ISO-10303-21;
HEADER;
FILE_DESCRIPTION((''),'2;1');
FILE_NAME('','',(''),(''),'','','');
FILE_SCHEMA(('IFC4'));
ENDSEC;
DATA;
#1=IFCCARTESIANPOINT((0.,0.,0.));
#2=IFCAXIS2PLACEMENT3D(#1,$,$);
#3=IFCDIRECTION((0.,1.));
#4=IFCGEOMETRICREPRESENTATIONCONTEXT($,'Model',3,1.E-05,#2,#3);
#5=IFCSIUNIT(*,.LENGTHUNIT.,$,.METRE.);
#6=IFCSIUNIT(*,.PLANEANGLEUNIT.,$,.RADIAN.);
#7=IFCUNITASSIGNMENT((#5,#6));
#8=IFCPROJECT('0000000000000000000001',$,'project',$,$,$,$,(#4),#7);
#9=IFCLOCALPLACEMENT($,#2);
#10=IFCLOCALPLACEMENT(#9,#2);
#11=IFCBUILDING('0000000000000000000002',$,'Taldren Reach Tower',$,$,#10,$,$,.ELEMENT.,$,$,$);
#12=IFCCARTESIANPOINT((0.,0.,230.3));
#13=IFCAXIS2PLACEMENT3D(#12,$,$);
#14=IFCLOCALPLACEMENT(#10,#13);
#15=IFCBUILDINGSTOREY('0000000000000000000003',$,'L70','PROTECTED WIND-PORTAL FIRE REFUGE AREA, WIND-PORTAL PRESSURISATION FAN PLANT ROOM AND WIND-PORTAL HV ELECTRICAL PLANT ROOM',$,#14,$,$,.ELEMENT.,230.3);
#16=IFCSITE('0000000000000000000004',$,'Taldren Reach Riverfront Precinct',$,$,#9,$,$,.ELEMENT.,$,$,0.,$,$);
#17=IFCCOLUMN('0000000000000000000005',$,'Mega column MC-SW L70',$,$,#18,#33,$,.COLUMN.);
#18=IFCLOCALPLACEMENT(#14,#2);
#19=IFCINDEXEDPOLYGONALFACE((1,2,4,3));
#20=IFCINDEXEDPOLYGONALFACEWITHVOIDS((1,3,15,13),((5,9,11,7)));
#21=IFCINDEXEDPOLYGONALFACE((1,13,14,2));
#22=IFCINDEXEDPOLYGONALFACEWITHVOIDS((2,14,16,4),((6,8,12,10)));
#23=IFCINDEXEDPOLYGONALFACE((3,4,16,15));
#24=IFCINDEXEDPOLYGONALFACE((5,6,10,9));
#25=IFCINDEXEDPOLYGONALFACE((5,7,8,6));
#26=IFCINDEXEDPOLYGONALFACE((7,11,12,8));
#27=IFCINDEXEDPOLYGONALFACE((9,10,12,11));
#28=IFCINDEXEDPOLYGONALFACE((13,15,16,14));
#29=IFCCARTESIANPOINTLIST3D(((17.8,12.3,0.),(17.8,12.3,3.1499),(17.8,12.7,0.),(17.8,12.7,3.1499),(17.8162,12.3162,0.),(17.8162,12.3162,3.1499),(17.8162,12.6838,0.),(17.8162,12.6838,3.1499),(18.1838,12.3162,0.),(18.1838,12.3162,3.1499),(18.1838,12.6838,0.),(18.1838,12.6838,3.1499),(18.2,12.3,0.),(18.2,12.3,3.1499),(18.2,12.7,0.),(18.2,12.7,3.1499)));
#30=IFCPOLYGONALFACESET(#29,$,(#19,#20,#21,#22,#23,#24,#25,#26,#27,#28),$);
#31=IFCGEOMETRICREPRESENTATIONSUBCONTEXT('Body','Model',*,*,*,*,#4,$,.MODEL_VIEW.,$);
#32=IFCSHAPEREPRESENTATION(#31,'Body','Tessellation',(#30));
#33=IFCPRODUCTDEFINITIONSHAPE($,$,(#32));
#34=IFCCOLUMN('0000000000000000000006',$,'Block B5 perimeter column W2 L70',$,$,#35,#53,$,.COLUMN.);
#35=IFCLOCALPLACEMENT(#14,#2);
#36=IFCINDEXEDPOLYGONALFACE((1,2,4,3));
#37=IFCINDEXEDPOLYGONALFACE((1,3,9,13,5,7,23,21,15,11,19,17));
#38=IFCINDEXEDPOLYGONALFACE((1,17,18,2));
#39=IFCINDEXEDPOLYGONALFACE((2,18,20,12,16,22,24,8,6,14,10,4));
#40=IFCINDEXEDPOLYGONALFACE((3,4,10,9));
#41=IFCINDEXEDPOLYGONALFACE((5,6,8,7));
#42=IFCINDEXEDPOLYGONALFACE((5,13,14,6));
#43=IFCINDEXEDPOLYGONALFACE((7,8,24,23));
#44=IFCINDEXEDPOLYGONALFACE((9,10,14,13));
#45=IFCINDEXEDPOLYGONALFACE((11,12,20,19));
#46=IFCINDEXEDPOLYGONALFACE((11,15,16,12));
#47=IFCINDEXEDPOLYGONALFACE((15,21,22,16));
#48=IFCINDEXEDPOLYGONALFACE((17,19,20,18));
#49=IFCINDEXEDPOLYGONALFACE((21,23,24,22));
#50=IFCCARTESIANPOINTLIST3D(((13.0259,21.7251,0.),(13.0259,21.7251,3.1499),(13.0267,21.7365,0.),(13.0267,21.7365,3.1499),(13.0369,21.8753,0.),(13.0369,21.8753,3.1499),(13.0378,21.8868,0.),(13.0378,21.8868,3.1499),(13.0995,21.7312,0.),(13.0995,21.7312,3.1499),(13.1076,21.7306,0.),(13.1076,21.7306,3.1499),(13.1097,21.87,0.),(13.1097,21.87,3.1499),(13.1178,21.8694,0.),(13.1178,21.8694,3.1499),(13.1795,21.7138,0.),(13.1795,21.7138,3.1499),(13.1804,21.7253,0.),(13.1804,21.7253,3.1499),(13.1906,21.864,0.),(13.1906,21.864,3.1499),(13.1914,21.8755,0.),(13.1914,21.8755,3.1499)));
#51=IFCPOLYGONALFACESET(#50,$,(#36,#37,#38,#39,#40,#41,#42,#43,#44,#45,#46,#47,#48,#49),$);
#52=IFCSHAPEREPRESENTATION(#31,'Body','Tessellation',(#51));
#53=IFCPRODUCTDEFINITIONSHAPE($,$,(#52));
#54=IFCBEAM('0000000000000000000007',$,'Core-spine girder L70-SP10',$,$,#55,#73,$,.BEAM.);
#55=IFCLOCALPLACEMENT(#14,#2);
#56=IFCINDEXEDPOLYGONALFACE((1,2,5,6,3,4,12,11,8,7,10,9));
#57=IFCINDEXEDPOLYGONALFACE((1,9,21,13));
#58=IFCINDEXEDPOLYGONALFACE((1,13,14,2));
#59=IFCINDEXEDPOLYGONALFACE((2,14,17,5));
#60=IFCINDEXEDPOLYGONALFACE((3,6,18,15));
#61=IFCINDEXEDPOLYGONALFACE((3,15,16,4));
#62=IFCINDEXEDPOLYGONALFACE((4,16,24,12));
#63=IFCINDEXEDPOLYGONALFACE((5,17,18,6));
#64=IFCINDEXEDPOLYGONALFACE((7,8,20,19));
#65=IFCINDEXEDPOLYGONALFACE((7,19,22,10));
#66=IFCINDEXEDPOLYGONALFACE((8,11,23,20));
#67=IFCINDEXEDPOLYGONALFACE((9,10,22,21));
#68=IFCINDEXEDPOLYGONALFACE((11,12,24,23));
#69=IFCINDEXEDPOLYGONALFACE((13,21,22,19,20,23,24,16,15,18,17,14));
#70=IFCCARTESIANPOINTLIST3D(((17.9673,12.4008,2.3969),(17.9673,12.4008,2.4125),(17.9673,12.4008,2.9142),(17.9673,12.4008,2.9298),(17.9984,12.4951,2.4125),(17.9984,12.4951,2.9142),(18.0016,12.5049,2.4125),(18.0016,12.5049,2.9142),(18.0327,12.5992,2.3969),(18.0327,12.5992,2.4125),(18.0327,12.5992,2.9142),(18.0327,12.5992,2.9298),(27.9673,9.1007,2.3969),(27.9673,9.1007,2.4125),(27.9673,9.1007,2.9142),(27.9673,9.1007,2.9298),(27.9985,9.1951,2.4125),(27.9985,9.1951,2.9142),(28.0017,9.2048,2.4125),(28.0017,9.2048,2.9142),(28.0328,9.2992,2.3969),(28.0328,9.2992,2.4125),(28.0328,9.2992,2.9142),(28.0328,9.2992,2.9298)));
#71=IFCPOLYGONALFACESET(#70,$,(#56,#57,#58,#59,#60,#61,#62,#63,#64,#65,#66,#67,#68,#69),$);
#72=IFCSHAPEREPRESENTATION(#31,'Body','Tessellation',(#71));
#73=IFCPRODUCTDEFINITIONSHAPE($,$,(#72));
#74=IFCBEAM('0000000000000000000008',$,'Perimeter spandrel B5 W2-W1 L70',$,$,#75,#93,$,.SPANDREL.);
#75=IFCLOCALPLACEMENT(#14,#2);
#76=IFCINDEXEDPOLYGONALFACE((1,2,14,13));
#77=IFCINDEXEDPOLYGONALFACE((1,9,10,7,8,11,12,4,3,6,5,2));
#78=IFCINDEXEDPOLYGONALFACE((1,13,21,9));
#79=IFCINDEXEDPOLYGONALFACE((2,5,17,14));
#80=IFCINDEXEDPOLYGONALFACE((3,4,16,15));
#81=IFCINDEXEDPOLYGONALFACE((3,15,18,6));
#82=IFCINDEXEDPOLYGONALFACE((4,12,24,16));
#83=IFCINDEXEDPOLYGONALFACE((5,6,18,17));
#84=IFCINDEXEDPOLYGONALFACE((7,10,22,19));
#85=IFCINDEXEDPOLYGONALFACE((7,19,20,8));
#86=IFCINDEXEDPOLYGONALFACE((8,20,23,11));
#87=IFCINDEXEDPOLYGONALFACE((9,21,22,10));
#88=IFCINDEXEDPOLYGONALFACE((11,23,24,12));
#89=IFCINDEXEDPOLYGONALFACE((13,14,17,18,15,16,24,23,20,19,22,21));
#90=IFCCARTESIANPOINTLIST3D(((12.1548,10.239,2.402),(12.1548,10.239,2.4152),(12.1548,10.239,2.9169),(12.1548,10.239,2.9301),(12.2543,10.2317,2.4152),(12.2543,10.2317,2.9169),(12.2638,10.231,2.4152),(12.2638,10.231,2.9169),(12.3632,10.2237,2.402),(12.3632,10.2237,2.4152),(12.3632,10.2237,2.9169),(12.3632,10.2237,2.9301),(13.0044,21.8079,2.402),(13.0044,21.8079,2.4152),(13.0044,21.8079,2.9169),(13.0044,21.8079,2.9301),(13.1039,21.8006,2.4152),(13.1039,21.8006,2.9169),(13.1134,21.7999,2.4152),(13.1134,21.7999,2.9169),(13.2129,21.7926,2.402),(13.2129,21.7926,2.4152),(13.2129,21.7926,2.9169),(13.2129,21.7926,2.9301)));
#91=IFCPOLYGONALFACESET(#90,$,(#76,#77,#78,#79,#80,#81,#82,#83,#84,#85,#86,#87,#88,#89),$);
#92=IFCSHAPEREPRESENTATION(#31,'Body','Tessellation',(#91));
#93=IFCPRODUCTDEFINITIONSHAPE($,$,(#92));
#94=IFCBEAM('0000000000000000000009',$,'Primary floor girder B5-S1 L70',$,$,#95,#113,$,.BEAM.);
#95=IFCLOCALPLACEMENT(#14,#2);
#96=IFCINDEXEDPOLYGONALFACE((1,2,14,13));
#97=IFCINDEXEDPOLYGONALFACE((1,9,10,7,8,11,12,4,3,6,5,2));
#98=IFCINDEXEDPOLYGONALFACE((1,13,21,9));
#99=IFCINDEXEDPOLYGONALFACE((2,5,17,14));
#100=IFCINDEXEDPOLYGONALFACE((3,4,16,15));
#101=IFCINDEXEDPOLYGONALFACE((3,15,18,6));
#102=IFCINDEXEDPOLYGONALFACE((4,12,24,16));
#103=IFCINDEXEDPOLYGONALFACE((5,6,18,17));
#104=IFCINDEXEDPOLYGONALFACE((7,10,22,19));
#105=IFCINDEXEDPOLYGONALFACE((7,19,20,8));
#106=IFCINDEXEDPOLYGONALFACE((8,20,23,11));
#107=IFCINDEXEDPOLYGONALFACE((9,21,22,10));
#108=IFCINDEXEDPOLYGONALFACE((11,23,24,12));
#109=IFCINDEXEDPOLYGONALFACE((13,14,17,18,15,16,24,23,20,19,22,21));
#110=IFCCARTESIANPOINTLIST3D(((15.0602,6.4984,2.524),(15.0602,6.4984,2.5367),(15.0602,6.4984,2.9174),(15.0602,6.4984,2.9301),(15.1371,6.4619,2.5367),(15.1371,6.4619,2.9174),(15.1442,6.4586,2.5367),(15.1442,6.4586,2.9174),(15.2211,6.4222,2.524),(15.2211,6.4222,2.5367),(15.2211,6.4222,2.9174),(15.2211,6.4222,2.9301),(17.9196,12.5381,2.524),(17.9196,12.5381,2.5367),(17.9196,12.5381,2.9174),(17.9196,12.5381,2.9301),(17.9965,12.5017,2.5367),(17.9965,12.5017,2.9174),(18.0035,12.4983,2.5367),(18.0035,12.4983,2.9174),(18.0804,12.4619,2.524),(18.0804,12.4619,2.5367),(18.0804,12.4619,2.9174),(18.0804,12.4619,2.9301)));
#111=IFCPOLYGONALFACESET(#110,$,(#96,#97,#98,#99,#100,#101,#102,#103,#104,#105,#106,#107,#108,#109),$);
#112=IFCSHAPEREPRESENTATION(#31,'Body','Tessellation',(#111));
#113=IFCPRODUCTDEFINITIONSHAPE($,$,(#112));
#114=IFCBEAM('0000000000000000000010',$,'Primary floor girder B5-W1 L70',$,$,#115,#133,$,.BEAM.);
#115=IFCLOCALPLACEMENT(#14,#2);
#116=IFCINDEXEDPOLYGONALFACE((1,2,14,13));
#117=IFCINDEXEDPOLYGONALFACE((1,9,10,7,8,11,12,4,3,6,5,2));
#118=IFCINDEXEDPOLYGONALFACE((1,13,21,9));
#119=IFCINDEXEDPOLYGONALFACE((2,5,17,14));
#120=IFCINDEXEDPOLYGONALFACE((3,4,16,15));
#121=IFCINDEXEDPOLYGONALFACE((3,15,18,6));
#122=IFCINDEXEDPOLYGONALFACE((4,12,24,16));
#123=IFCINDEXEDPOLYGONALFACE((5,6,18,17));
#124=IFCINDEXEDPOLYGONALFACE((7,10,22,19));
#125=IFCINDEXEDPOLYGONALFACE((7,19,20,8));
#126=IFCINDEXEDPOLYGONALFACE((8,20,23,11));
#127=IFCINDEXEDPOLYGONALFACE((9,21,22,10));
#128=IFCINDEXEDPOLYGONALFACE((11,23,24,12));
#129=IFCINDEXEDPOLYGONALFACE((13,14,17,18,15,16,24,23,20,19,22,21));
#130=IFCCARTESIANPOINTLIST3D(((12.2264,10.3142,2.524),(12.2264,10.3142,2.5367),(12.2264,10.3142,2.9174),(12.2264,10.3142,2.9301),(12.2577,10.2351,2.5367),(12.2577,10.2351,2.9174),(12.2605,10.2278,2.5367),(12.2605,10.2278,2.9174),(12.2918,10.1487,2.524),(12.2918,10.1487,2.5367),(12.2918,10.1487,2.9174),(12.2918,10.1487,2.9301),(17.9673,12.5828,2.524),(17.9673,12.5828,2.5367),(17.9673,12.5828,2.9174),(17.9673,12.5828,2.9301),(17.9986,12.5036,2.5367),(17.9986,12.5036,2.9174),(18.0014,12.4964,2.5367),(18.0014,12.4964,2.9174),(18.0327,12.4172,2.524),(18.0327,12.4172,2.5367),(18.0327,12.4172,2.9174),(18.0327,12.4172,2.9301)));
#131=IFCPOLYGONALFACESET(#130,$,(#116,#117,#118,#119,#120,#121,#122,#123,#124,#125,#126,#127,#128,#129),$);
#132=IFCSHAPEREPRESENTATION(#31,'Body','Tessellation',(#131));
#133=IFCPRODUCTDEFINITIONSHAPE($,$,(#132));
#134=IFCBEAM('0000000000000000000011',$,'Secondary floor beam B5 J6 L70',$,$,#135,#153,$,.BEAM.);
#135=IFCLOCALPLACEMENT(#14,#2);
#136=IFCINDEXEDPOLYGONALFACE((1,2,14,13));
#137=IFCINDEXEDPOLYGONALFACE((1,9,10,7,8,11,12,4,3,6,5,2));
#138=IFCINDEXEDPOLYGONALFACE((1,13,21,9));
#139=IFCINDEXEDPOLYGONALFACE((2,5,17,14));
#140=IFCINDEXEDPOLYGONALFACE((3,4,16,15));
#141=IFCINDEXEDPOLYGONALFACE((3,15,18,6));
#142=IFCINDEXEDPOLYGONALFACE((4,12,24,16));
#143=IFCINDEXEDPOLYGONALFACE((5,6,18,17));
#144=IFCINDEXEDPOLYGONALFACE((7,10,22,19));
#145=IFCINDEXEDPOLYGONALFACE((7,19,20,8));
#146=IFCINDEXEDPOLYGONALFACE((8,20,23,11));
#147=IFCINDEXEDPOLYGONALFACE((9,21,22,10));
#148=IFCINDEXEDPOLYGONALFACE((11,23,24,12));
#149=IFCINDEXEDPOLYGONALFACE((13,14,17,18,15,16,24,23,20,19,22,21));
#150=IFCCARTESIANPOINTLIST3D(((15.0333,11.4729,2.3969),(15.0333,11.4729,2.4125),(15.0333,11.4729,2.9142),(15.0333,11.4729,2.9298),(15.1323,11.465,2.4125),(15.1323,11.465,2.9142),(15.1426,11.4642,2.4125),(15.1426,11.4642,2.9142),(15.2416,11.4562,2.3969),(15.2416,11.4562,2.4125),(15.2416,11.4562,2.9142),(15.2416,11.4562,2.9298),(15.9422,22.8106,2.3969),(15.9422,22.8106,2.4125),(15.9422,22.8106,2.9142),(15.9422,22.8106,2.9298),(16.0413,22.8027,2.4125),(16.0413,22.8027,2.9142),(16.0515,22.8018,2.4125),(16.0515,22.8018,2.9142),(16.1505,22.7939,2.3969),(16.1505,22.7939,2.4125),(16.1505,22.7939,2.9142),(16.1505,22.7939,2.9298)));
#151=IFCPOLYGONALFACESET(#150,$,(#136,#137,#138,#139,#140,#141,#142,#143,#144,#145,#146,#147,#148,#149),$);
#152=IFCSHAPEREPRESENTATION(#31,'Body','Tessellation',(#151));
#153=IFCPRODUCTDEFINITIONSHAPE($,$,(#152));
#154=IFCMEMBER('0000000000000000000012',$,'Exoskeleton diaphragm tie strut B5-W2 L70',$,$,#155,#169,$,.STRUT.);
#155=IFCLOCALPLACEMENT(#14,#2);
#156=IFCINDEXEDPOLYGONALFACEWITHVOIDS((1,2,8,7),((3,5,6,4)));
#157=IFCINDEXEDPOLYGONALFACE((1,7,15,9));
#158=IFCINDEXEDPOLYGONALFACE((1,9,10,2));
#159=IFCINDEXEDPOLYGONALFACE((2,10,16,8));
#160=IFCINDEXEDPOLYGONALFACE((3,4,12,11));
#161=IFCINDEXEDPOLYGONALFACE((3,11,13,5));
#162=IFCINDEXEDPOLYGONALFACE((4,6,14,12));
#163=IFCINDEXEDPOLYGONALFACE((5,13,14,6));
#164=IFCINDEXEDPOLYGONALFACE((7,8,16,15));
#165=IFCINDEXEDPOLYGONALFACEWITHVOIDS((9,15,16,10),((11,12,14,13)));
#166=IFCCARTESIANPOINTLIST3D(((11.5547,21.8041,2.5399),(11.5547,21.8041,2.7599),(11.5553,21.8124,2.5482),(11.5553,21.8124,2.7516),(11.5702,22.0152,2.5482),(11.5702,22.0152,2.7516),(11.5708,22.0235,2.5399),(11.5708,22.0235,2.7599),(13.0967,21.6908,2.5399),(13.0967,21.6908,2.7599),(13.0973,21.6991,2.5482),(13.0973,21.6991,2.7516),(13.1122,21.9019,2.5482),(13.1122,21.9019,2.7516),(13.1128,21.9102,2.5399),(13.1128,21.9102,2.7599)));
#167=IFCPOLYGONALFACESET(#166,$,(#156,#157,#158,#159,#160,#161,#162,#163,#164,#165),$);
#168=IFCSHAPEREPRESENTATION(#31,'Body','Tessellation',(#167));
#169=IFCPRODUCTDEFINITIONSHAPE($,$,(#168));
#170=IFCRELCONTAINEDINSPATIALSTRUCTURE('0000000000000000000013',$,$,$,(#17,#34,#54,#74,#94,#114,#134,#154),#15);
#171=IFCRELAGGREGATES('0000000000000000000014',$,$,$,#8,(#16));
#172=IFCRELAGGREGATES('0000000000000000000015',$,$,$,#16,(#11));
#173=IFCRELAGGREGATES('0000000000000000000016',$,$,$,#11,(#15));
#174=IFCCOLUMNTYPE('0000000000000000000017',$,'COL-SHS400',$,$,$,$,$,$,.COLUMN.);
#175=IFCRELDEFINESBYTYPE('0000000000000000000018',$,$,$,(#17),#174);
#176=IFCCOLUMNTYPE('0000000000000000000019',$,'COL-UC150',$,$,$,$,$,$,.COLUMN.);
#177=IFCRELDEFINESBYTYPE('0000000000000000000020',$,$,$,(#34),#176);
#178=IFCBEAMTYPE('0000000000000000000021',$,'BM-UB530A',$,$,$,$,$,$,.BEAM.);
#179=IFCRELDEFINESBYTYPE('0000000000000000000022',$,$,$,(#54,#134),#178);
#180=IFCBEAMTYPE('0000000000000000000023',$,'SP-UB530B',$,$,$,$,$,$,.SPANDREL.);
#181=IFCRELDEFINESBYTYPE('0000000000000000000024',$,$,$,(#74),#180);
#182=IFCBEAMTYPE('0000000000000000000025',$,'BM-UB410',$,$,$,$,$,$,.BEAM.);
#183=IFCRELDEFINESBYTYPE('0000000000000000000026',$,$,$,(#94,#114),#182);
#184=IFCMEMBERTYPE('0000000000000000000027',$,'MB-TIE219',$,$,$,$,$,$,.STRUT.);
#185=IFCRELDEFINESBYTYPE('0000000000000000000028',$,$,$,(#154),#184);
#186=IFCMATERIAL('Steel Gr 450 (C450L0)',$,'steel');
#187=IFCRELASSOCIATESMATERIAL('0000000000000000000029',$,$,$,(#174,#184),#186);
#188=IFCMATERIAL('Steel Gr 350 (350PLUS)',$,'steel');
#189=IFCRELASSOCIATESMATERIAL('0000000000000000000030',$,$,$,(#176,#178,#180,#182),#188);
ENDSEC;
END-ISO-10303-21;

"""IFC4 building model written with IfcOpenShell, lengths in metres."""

from ifc_helpers import new_model, si_unit, direction, frame, origin, origin_2d, place, context, subcontext, project, spatial, hollow_rectangle, i_section, extrude, source, transform, mapped, material, material_profile, profile_set, type_object, element, save


model = new_model("IFC4")

# Units and contexts
model_context = context("Model", 3, precision=1e-05, world=origin(), true_north=direction((0.0, 1.0)))
body_context = subcontext(model_context, "Body", "Model", "MODEL_VIEW")
ifc_project = project(units=[si_unit("LENGTHUNIT", "METRE"), si_unit("PLANEANGLEUNIT", "RADIAN")], contexts=[model_context])

# Site, building, storey
site_placement = place(None, origin())
site = spatial("IfcSite", under=ifc_project, at=site_placement, Name="Taldren Reach Riverfront Precinct", CompositionType="ELEMENT", RefElevation=0.0)
building_placement = place(site_placement, origin())
building = spatial("IfcBuilding", under=site, at=building_placement, Name="Taldren Reach Tower", CompositionType="ELEMENT")
storey_placement = place(building_placement, frame((0.0, 0.0, 230.3)))
storey = spatial("IfcBuildingStorey", under=building, at=storey_placement, Name="L70", Description="PROTECTED WIND-PORTAL FIRE REFUGE AREA, WIND-PORTAL PRESSURISATION FAN PLANT ROOM AND WIND-PORTAL HV ELECTRICAL PLANT ROOM", CompositionType="ELEMENT", Elevation=230.3)

# Columns
ifc_material_1 = material(Name="Steel Gr 450 (C450L0)", Category="steel")
ifc_material_profile_1 = material_profile(ifc_material_1, hollow_rectangle(XDim=0.3999, YDim=0.3999, WallThickness=0.0161, at=origin_2d()), Name="400x400x16.0SHS")
ifc_profile_set_1 = profile_set([ifc_material_profile_1], Name="Steel Gr 450 (C450L0)")
column_type_1 = type_object("IfcColumnType", Name="COL-SHS400", PredefinedType="COLUMN", material=ifc_profile_set_1)
shared_shape_1 = source(origin(), body_context, "Body", "SweptSolid", [
    extrude(hollow_rectangle(XDim=0.3999, YDim=0.3999, WallThickness=0.0161, at=origin_2d()), origin(), (0.0, 0.0, 1.0), 3.1499),
])
column_1_placement = place(storey_placement, frame((18.0, 12.5, 0.0), z_axis=(0.0, 0.0, 1.0), x_axis=(1.0, 0.0, 0.0)))
element("IfcColumn", 1, at=column_1_placement, inside=storey, type_object=column_type_1, Name="Mega column MC-SW L70", PredefinedType="COLUMN", context=body_context, shape_type="MappedRepresentation", body=[
    mapped(shared_shape_1, transform((0.0, 0.0, 0.0), scale=1.0)),
])
ifc_material_2 = material(Name="Steel Gr 350 (350PLUS)", Category="steel")
ifc_material_profile_2 = material_profile(ifc_material_2, i_section(OverallWidth=0.1541, OverallDepth=0.1621, WebThickness=0.0081, FlangeThickness=0.0115, at=origin_2d()), Name="150UC37.2")
ifc_profile_set_2 = profile_set([ifc_material_profile_2], Name="Steel Gr 350 (350PLUS)")
column_type_2 = type_object("IfcColumnType", Name="COL-UC150", PredefinedType="COLUMN", material=ifc_profile_set_2)
shared_shape_2 = source(origin(), body_context, "Body", "SweptSolid", [
    extrude(i_section(OverallWidth=0.1541, OverallDepth=0.1621, WebThickness=0.0081, FlangeThickness=0.0115, at=origin_2d()), origin(), (0.0, 0.0, 1.0), 3.1499),
])
column_2_placement = place(storey_placement, frame((13.1086, 21.8003, 0.0), z_axis=(0.0, 0.0, 1.0), x_axis=(0.997314, -0.073238, 0.0)))
element("IfcColumn", 2, at=column_2_placement, inside=storey, type_object=column_type_2, Name="Block B5 perimeter column W2 L70", PredefinedType="COLUMN", context=body_context, shape_type="MappedRepresentation", body=[
    mapped(shared_shape_2, transform((0.0, 0.0, 0.0), scale=1.0)),
])

# Beams
ifc_material_profile_3 = material_profile(ifc_material_2, i_section(OverallWidth=0.209, OverallDepth=0.533, WebThickness=0.0103, FlangeThickness=0.0156, at=origin_2d()), Name="530UB92.4")
ifc_profile_set_3 = profile_set([ifc_material_profile_3], Name="Steel Gr 350 (350PLUS)")
beam_type_1 = type_object("IfcBeamType", Name="BM-UB530A", PredefinedType="BEAM", material=ifc_profile_set_3)
shared_shape_3 = source(origin(), body_context, "Body", "SweptSolid", [
    extrude(i_section(OverallWidth=0.209, OverallDepth=0.533, WebThickness=0.0103, FlangeThickness=0.0156, at=origin_2d()), origin(), (0.0, 0.0, 1.0), 10.5305),
])
beam_1_placement = place(storey_placement, frame((18.0, 12.5, 2.6633), z_axis=(0.949627, -0.313382, 0.0), x_axis=(0.313382, 0.949627, 0.0)))
element("IfcBeam", 3, at=beam_1_placement, inside=storey, type_object=beam_type_1, Name="Core-spine girder L70-SP10", PredefinedType="BEAM", context=body_context, shape_type="MappedRepresentation", body=[
    mapped(shared_shape_3, transform((0.0, 0.0, 0.0), scale=1.0)),
])
ifc_material_profile_4 = material_profile(ifc_material_2, i_section(OverallWidth=0.209, OverallDepth=0.5281, WebThickness=0.0095, FlangeThickness=0.0132, at=origin_2d()), Name="530UB82.0")
ifc_profile_set_4 = profile_set([ifc_material_profile_4], Name="Steel Gr 350 (350PLUS)")
beam_type_2 = type_object("IfcBeamType", Name="SP-UB530B", PredefinedType="SPANDREL", material=ifc_profile_set_4)
shared_shape_4 = source(origin(), body_context, "Body", "SweptSolid", [
    extrude(i_section(OverallWidth=0.209, OverallDepth=0.5281, WebThickness=0.0095, FlangeThickness=0.0132, at=origin_2d()), origin(), (0.0, 0.0, 1.0), 11.6001),
])
beam_2_placement = place(storey_placement, frame((13.1086, 21.8003, 2.666), z_axis=(-0.073242, -0.997314, 0.0), x_axis=(0.997314, -0.073242, 0.0)))
element("IfcBeam", 4, at=beam_2_placement, inside=storey, type_object=beam_type_2, Name="Perimeter spandrel B5 W2-W1 L70", PredefinedType="SPANDREL", context=body_context, shape_type="MappedRepresentation", body=[
    mapped(shared_shape_4, transform((0.0, 0.0, 0.0), scale=1.0)),
])
ifc_material_profile_5 = material_profile(ifc_material_2, i_section(OverallWidth=0.178, OverallDepth=0.406, WebThickness=0.0078, FlangeThickness=0.0127, at=origin_2d()), Name="410UB59.7")
ifc_profile_set_5 = profile_set([ifc_material_profile_5], Name="Steel Gr 350 (350PLUS)")
beam_type_3 = type_object("IfcBeamType", Name="BM-UB410", PredefinedType="BEAM", material=ifc_profile_set_5)
shared_shape_5 = source(origin(), body_context, "Body", "SweptSolid", [
    extrude(i_section(OverallWidth=0.178, OverallDepth=0.406, WebThickness=0.0078, FlangeThickness=0.0127, at=origin_2d()), origin(), (0.0, 0.0, 1.0), 6.6824),
])
beam_3_placement = place(storey_placement, frame((18.0, 12.5, 2.7271), z_axis=(-0.427893, -0.903829, 0.0), x_axis=(0.903829, -0.427893, 0.0)))
element("IfcBeam", 5, at=beam_3_placement, inside=storey, type_object=beam_type_3, Name="Primary floor girder B5-S1 L70", PredefinedType="BEAM", context=body_context, shape_type="MappedRepresentation", body=[
    mapped(shared_shape_5, transform((0.0, 0.0, 0.0), scale=1.0)),
])
shared_shape_6 = source(origin(), body_context, "Body", "SweptSolid", [
    extrude(i_section(OverallWidth=0.178, OverallDepth=0.406, WebThickness=0.0078, FlangeThickness=0.0127, at=origin_2d()), origin(), (0.0, 0.0, 1.0), 6.1729),
])
beam_4_placement = place(storey_placement, frame((18.0, 12.5, 2.7271), z_axis=(-0.930023, -0.367501, 0.0), x_axis=(0.367501, -0.930023, 0.0)))
element("IfcBeam", 6, at=beam_4_placement, inside=storey, type_object=beam_type_3, Name="Primary floor girder B5-W1 L70", PredefinedType="BEAM", context=body_context, shape_type="MappedRepresentation", body=[
    mapped(shared_shape_6, transform((0.0, 0.0, 0.0), scale=1.0)),
])
shared_shape_7 = source(origin(), body_context, "Body", "SweptSolid", [
    extrude(i_section(OverallWidth=0.209, OverallDepth=0.533, WebThickness=0.0103, FlangeThickness=0.0156, at=origin_2d()), origin(), (0.0, 0.0, 1.0), 11.374),
])
beam_5_placement = place(storey_placement, frame((15.1375, 11.4646, 2.6633), z_axis=(0.079913, 0.996802, 0.0), x_axis=(-0.996802, 0.079913, 0.0)))
element("IfcBeam", 7, at=beam_5_placement, inside=storey, type_object=beam_type_1, Name="Secondary floor beam B5 J6 L70", PredefinedType="BEAM", context=body_context, shape_type="MappedRepresentation", body=[
    mapped(shared_shape_7, transform((0.0, 0.0, 0.0), scale=1.0)),
])

# Member
ifc_material_profile_6 = material_profile(ifc_material_1, hollow_rectangle(XDim=0.22, YDim=0.22, WallThickness=0.0083, at=origin_2d()), Name="220x220x8.2SHS")
ifc_profile_set_6 = profile_set([ifc_material_profile_6], Name="Steel Gr 450 (C450L0)")
member_type_1 = type_object("IfcMemberType", Name="MB-TIE219", PredefinedType="STRUT", material=ifc_profile_set_6)
shared_shape_8 = source(origin(), body_context, "Body", "SweptSolid", [
    extrude(hollow_rectangle(XDim=0.22, YDim=0.22, WallThickness=0.0083, at=origin_2d()), origin(), (0.0, 0.0, 1.0), 1.5461),
])
member_1_placement = place(storey_placement, frame((13.1047, 21.8005, 2.6499), z_axis=(-0.997312, 0.073267, 0.0), x_axis=(-0.073267, -0.997312, 0.0)))
element("IfcMember", 8, at=member_1_placement, inside=storey, type_object=member_type_1, Name="Exoskeleton diaphragm tie strut B5-W2 L70", PredefinedType="STRUT", context=body_context, shape_type="MappedRepresentation", body=[
    mapped(shared_shape_8, transform((0.0, 0.0, 0.0), scale=1.0)),
])

save(model, "model.ifc")
